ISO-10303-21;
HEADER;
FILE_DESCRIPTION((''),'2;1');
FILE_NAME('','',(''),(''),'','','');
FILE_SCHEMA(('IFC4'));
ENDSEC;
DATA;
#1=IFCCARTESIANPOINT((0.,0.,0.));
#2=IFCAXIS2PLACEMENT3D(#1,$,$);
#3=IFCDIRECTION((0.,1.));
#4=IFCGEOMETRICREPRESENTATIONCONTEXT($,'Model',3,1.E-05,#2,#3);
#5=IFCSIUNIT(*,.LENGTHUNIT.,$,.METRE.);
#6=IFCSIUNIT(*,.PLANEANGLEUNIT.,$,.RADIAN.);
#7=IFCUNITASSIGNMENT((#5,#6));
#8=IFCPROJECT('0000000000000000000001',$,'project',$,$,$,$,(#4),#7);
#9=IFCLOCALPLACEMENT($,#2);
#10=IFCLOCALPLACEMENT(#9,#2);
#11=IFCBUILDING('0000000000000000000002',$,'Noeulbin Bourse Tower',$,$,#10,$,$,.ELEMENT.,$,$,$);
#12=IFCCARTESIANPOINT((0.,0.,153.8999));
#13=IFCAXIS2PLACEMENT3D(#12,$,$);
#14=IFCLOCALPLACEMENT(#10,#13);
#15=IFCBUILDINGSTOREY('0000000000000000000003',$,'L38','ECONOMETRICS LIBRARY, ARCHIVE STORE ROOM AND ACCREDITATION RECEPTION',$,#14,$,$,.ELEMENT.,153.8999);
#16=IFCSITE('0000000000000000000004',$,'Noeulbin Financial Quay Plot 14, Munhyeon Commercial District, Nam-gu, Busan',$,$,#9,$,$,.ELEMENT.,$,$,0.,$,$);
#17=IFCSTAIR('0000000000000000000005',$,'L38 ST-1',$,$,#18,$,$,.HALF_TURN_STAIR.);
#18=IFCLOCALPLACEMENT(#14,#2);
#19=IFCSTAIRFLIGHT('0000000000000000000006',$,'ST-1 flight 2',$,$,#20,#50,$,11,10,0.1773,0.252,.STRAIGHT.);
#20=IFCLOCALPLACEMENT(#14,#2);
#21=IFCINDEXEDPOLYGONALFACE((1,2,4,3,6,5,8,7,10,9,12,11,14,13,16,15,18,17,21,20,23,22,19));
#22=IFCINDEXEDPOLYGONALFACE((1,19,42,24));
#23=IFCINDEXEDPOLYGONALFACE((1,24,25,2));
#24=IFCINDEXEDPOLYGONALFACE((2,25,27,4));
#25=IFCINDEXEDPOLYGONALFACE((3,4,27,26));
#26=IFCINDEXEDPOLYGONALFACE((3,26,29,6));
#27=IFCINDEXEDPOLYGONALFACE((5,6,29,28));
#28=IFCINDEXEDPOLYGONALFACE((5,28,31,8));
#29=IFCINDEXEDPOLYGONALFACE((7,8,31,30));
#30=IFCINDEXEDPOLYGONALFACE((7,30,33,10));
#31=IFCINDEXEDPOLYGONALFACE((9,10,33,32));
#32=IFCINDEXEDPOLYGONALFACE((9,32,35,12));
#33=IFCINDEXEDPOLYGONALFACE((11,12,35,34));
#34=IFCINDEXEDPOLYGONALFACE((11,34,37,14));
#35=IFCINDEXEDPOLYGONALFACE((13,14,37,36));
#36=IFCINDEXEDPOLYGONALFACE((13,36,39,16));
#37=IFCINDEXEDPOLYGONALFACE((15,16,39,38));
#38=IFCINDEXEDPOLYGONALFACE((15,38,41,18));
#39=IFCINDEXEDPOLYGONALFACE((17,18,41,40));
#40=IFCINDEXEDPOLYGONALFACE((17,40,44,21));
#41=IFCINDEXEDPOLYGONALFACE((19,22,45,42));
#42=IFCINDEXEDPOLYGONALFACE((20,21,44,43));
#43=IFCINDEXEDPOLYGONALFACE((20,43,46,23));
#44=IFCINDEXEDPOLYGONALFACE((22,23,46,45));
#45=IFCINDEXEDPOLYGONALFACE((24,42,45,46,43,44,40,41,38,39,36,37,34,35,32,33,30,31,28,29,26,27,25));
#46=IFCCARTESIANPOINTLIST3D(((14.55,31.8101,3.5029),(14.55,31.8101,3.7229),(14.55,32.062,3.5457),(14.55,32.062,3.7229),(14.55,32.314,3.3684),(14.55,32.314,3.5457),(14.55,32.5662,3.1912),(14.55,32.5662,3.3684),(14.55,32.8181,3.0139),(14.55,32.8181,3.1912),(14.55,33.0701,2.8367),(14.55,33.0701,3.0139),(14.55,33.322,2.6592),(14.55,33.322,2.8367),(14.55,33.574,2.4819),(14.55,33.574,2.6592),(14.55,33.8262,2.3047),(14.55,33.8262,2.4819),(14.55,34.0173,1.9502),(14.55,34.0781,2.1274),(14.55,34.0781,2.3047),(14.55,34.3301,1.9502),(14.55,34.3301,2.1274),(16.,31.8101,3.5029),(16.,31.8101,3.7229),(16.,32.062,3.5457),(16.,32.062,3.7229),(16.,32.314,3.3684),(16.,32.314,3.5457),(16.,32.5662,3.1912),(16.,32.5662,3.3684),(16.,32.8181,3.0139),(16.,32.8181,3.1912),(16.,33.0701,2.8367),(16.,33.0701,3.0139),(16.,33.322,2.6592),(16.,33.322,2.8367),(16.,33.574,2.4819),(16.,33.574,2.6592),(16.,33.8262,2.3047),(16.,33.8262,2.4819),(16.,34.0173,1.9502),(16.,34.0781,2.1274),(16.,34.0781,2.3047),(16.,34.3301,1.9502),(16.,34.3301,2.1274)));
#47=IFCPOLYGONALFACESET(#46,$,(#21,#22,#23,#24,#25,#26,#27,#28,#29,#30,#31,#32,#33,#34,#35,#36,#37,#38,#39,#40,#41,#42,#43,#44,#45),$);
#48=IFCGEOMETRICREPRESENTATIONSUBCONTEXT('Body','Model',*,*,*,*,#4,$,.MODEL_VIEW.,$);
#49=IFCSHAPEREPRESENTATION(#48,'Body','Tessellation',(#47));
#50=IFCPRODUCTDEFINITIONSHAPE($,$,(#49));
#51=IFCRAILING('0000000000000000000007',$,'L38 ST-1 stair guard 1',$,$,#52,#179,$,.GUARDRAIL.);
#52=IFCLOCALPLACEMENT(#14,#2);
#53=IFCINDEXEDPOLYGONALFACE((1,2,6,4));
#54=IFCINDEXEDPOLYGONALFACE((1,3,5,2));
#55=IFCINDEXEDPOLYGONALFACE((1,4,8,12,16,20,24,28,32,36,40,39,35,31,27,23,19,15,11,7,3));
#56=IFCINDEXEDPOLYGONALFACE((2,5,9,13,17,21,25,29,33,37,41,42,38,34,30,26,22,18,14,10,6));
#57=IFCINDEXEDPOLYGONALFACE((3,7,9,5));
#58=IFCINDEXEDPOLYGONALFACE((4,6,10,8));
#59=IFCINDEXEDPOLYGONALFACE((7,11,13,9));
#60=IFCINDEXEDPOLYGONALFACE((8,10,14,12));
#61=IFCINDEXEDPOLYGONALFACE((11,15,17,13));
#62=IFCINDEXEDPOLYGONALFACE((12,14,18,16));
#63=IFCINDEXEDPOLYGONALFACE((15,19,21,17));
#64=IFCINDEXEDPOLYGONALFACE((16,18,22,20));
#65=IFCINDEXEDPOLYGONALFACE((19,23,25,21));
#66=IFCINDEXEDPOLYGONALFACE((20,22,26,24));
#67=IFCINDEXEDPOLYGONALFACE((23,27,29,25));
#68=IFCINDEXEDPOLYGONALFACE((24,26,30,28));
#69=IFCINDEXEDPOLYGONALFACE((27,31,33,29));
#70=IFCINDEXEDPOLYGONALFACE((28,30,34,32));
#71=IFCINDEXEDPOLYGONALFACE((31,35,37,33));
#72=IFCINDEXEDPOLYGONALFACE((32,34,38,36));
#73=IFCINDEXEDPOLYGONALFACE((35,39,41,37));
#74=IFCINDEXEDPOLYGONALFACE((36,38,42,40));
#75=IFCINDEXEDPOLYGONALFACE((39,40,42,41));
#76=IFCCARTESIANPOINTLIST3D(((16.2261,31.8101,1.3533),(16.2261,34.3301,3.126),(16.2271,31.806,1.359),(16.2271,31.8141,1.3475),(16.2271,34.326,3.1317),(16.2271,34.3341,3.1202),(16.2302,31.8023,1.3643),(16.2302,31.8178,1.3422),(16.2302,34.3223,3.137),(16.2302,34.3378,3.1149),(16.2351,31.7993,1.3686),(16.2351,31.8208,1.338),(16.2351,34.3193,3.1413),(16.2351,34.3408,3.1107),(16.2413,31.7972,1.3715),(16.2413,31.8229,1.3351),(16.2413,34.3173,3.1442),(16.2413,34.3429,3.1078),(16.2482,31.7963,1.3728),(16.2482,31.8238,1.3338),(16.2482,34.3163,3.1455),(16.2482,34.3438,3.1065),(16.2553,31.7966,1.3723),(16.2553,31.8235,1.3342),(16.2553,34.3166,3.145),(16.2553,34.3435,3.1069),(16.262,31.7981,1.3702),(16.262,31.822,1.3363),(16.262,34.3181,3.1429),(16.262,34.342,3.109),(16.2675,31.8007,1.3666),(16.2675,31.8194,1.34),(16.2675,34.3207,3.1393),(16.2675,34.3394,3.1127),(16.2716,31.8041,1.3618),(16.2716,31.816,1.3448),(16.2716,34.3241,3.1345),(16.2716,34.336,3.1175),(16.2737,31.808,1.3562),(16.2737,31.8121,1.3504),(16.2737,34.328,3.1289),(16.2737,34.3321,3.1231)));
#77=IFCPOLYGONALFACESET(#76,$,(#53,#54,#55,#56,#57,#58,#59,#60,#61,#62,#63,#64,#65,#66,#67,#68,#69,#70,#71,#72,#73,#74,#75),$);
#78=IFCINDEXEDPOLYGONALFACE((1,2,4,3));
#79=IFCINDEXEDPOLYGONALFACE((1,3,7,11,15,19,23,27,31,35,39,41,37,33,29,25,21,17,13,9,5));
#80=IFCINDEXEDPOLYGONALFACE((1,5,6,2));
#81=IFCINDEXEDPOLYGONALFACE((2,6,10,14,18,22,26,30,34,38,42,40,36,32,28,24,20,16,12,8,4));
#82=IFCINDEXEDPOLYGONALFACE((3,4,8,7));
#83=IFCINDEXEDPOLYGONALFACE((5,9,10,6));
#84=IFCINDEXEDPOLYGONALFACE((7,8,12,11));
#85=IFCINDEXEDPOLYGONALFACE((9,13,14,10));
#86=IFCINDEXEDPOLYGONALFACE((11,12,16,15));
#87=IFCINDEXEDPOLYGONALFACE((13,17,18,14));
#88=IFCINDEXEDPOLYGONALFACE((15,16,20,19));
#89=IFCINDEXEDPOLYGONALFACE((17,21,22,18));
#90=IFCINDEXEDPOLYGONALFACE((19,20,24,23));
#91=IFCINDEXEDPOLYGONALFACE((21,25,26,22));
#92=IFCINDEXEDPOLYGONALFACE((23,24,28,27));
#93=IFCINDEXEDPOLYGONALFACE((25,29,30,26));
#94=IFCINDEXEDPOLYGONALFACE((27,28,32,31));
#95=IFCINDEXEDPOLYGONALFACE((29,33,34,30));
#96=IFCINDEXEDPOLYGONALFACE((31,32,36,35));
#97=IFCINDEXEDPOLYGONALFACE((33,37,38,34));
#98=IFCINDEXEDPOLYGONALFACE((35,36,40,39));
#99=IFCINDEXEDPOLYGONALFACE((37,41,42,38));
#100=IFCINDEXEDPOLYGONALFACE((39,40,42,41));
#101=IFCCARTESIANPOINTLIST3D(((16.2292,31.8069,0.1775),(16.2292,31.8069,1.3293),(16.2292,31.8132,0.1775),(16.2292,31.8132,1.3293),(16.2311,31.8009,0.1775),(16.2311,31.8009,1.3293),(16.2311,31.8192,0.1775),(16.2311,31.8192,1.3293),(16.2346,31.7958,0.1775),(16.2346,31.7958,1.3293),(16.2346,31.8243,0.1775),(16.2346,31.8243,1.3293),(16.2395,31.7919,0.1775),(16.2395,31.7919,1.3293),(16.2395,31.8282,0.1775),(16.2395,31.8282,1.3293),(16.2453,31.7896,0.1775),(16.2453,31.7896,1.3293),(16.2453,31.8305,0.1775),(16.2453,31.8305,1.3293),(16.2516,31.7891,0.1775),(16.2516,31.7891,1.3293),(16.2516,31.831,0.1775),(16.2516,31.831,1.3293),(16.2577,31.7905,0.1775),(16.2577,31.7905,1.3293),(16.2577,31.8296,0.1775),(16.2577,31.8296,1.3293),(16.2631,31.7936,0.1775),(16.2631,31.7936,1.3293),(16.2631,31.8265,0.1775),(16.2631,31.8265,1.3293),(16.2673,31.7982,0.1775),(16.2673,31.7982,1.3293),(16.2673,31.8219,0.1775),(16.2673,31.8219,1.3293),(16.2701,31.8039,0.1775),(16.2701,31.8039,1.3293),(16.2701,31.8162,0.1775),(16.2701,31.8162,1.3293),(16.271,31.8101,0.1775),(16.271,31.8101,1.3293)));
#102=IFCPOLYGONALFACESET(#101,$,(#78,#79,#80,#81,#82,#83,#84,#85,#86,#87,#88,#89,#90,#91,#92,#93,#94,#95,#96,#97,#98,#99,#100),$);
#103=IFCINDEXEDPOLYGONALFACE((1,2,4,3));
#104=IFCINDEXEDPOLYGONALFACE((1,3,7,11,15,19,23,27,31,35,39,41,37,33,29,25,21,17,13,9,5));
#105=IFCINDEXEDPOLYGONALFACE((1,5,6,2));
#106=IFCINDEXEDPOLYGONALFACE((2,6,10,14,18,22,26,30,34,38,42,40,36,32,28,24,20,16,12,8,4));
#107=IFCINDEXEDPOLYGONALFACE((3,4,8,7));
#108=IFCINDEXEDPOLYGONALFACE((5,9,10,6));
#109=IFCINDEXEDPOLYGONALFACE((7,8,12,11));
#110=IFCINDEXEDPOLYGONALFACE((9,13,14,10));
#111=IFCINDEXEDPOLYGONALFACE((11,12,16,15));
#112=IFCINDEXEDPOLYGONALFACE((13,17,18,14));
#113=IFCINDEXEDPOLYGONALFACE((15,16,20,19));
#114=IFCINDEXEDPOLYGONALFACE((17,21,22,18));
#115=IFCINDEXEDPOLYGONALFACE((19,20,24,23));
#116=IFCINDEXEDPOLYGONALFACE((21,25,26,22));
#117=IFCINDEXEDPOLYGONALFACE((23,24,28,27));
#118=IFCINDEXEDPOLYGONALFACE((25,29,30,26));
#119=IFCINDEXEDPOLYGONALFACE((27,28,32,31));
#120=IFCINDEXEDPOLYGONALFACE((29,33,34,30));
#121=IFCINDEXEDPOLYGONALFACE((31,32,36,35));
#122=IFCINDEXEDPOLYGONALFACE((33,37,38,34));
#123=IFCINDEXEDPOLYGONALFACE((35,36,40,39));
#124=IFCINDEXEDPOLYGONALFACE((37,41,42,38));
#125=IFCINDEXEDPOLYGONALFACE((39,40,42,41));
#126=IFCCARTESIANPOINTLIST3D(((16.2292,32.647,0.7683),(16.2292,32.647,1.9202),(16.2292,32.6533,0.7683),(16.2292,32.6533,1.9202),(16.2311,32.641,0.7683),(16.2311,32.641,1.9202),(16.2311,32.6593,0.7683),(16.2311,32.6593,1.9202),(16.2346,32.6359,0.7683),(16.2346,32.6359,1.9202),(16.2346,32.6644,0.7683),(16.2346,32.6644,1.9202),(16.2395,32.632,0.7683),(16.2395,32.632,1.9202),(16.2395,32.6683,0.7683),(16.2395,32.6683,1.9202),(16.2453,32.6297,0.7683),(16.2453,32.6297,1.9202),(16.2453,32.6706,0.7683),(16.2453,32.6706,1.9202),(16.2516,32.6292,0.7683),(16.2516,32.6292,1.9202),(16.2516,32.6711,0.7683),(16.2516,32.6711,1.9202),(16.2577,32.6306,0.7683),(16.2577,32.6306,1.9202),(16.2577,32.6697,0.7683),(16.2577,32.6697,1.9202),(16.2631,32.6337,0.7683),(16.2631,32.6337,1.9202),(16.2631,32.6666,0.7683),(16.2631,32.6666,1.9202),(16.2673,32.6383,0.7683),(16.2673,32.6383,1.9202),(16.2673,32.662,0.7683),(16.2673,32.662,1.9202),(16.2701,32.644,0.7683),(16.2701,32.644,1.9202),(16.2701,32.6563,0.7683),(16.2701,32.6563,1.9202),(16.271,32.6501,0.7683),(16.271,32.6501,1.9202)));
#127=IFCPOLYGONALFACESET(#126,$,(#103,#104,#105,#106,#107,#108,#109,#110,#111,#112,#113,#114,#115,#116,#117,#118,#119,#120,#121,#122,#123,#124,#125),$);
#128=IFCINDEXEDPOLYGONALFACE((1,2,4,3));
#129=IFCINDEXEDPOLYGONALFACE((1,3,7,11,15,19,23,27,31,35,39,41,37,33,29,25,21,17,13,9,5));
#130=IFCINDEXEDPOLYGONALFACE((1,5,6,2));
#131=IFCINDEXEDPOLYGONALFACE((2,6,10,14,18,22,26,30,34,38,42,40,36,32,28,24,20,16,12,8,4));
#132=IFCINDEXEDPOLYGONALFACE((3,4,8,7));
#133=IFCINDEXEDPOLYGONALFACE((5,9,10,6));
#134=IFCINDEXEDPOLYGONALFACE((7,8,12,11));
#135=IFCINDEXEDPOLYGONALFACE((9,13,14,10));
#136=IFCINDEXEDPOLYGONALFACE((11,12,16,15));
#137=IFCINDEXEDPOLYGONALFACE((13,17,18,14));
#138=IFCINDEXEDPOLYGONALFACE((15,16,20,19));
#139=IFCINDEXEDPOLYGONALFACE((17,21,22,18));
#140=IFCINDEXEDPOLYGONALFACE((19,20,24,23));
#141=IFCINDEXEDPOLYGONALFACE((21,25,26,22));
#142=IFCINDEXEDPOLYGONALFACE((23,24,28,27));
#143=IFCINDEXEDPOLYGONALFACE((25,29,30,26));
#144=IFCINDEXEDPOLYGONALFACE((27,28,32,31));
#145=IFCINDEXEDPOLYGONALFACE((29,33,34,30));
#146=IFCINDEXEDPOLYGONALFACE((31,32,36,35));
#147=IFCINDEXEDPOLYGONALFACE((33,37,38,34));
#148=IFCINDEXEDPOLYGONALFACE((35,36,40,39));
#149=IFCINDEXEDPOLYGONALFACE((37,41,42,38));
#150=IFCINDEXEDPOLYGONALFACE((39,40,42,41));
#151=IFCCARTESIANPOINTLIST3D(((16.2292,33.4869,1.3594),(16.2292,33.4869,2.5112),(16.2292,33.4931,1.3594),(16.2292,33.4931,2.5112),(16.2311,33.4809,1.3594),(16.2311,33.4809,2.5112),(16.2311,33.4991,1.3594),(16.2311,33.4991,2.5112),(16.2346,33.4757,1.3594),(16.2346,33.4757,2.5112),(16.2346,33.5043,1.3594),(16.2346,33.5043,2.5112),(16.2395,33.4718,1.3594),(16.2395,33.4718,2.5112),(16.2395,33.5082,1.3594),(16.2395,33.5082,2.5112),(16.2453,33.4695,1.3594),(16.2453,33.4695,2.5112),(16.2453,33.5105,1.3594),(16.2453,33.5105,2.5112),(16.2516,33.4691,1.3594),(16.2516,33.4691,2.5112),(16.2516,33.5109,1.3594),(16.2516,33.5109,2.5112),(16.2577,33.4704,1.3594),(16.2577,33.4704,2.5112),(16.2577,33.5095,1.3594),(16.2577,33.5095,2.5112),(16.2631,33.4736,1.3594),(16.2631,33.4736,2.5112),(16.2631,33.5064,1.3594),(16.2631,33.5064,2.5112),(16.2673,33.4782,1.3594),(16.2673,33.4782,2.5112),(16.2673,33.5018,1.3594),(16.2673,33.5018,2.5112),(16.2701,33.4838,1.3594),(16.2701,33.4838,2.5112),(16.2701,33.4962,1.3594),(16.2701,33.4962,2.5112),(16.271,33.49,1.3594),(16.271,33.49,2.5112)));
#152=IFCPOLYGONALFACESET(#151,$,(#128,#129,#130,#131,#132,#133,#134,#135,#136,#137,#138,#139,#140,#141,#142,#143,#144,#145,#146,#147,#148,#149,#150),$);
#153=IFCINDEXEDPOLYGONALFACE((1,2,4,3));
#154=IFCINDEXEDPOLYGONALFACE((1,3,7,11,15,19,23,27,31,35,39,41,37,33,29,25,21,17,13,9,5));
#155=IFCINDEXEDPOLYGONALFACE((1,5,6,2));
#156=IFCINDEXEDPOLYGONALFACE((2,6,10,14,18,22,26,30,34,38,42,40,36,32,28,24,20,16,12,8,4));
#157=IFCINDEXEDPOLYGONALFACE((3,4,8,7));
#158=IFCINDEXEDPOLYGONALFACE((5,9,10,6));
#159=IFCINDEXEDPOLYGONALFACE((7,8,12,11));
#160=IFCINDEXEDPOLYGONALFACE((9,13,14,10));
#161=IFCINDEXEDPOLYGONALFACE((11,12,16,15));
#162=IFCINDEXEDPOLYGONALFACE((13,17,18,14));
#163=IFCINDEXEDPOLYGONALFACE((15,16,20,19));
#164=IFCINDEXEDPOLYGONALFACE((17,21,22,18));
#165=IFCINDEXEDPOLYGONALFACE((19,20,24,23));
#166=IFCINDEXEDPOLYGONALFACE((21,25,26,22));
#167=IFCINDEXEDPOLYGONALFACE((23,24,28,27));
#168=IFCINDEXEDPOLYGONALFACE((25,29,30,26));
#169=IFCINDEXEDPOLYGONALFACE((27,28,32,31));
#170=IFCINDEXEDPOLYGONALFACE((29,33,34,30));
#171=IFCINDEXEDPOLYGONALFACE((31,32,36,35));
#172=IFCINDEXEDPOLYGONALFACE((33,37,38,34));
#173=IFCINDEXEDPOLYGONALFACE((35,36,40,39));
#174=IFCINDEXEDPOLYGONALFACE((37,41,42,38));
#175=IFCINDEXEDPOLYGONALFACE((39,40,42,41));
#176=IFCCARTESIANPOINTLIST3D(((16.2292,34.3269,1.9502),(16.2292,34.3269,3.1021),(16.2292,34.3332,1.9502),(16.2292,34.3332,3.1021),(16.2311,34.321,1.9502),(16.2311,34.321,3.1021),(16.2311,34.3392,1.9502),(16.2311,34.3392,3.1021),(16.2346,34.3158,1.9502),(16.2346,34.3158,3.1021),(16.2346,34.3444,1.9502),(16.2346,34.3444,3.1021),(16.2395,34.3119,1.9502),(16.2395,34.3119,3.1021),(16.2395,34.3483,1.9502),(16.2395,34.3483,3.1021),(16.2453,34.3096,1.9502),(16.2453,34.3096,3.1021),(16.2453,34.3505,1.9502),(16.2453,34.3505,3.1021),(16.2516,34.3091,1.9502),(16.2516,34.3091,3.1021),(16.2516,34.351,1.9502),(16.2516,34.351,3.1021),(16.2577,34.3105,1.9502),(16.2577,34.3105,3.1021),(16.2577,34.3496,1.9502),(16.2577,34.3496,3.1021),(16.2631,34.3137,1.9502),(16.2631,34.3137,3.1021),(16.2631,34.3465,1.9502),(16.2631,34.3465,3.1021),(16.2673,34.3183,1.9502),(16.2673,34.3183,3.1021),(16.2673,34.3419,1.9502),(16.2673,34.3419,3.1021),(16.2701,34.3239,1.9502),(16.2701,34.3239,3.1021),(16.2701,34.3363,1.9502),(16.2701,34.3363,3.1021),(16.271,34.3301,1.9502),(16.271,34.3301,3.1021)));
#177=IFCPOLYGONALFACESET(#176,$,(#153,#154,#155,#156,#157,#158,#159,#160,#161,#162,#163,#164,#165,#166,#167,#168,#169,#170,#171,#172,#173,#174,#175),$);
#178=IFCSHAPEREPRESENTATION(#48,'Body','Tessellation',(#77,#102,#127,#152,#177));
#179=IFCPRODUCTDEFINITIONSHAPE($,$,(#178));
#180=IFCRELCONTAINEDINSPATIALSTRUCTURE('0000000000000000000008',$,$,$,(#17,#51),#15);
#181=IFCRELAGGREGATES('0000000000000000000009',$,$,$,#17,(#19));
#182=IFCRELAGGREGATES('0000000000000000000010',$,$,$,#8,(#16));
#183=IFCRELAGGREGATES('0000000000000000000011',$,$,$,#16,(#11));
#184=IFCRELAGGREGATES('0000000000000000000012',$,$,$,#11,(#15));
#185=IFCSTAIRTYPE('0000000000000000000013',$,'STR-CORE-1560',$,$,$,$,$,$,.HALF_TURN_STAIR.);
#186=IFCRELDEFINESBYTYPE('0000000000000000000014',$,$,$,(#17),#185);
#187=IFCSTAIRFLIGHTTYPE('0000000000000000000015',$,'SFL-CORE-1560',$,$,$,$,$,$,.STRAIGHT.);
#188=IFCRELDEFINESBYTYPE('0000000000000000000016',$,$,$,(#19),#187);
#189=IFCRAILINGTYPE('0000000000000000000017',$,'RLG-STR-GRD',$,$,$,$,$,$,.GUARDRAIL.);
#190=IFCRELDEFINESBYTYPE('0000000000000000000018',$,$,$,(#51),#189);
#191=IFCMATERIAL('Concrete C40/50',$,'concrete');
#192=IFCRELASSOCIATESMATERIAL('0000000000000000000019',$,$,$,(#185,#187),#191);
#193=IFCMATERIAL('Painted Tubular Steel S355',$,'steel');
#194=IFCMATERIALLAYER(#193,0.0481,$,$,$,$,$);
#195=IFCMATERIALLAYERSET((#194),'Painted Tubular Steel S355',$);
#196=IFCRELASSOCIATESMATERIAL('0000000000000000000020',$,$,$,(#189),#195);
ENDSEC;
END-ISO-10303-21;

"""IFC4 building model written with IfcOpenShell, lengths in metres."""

from ifc_helpers import new_model, si_unit, direction, frame, origin, origin_2d, place, context, subcontext, project, spatial, polyline, circle, outline, extrude, material, layer, layer_set, type_object, element, aggregate, save


model = new_model("IFC4")

# Units and contexts
model_context = context("Model", 3, precision=1e-05, world=origin(), true_north=direction((0.0, 1.0)))
body_context = subcontext(model_context, "Body", "Model", "MODEL_VIEW")
ifc_project = project(units=[si_unit("LENGTHUNIT", "METRE"), si_unit("PLANEANGLEUNIT", "RADIAN")], contexts=[model_context])

# Site, building, storey
site_placement = place(None, origin())
site = spatial("IfcSite", under=ifc_project, at=site_placement, Name="Noeulbin Financial Quay Plot 14, Munhyeon Commercial District, Nam-gu, Busan", CompositionType="ELEMENT", RefElevation=0.0)
building_placement = place(site_placement, origin())
building = spatial("IfcBuilding", under=site, at=building_placement, Name="Noeulbin Bourse Tower", CompositionType="ELEMENT")
storey_placement = place(building_placement, frame((0.0, 0.0, 153.8999)))
storey = spatial("IfcBuildingStorey", under=building, at=storey_placement, Name="L38", Description="ECONOMETRICS LIBRARY, ARCHIVE STORE ROOM AND ACCREDITATION RECEPTION", CompositionType="ELEMENT", Elevation=153.8999)

# Shared definitions
ifc_material_1 = material(Name="Concrete C40/50", Category="concrete")

# Stair, stair flight
stair_type = type_object("IfcStairType", Name="STR-CORE-1560", PredefinedType="HALF_TURN_STAIR", material=ifc_material_1)
stair_placement = place(storey_placement, origin())
stair = element("IfcStair", 1, at=stair_placement, inside=storey, type_object=stair_type, Name="L38 ST-1", PredefinedType="HALF_TURN_STAIR")
stair_flight_type = type_object("IfcStairFlightType", Name="SFL-CORE-1560", PredefinedType="STRAIGHT", material=ifc_material_1)
stair_flight_1_placement = place(storey_placement, frame((15.2749, 34.3301, 1.9502), z_axis=(0.0, 0.0, 1.0), x_axis=(0.0, -1.0, 0.0)))
stair_flight_1 = element("IfcStairFlight", 2, at=stair_flight_1_placement, type_object=stair_flight_type, Name="ST-1 flight 2", NumberOfRisers=11, NumberOfTreads=10, PredefinedType="STRAIGHT", RiserHeight=0.1773, TreadLength=0.252, context=body_context, shape_type="SweptSolid", body=[
    extrude(outline(polyline([(0.0, 0.0), (0.0, 0.1772), (0.252, 0.1772), (0.252, 0.3545), (0.5039, 0.3545), (0.5039, 0.5317), (0.7561, 0.5317), (0.7561, 0.709), (1.0081, 0.709), (1.0081, 0.8865), (1.26, 0.8865), (1.26, 1.0637), (1.512, 1.0637), (1.512, 1.241), (1.7639, 1.241), (1.7639, 1.4182), (2.0161, 1.4182), (2.0161, 1.5955), (2.2681, 1.5955), (2.2681, 1.7727), (2.52, 1.7727), (2.52, 1.95), (2.52, 1.5527), (0.3127, 0.0), (0.0, 0.0)])), frame((0.0, 0.7251, 0.0), z_axis=(0.0, -1.0, 0.0), x_axis=(1.0, 0.0, 0.0)), (0.0, 0.0, 1.0), 1.45),
])
aggregate(stair, [stair_flight_1])

# Railing
ifc_material_2 = material(Name="Painted Tubular Steel S355", Category="steel")
ifc_layer_1 = layer(ifc_material_2, 0.0481)
ifc_layer_set_1 = layer_set([ifc_layer_1], Name="Painted Tubular Steel S355")
railing_type_1 = type_object("IfcRailingType", Name="RLG-STR-GRD", PredefinedType="GUARDRAIL", material=ifc_layer_set_1)
railing_1_placement = place(storey_placement, frame((16.25, 31.8101, 0.1775)))
element("IfcRailing", 3, at=railing_1_placement, inside=storey, type_object=railing_type_1, Name="L38 ST-1 stair guard 1", PredefinedType="GUARDRAIL", context=body_context, shape_type="SweptSolid", body=[
    extrude(circle(Radius=0.0239, at=origin_2d()), frame((0.0, 0.0, 1.1758), z_axis=(0.0, 0.817904, 0.575354), x_axis=(-1.0, 0.0, 0.0)), (0.0, 0.0, 1.0), 3.0811),
    extrude(circle(Radius=0.021, at=origin_2d()), origin(), (0.0, 0.0, 1.0), 1.1519),
    extrude(circle(Radius=0.021, at=origin_2d()), frame((0.0, 0.8401, 0.5908)), (0.0, 0.0, 1.0), 1.1519),
    extrude(circle(Radius=0.021, at=origin_2d()), frame((0.0, 1.6799, 1.1819)), (0.0, 0.0, 1.0), 1.1519),
    extrude(circle(Radius=0.021, at=origin_2d()), frame((0.0, 2.52, 1.7727)), (0.0, 0.0, 1.0), 1.1519),
])

save(model, "model.ifc")
